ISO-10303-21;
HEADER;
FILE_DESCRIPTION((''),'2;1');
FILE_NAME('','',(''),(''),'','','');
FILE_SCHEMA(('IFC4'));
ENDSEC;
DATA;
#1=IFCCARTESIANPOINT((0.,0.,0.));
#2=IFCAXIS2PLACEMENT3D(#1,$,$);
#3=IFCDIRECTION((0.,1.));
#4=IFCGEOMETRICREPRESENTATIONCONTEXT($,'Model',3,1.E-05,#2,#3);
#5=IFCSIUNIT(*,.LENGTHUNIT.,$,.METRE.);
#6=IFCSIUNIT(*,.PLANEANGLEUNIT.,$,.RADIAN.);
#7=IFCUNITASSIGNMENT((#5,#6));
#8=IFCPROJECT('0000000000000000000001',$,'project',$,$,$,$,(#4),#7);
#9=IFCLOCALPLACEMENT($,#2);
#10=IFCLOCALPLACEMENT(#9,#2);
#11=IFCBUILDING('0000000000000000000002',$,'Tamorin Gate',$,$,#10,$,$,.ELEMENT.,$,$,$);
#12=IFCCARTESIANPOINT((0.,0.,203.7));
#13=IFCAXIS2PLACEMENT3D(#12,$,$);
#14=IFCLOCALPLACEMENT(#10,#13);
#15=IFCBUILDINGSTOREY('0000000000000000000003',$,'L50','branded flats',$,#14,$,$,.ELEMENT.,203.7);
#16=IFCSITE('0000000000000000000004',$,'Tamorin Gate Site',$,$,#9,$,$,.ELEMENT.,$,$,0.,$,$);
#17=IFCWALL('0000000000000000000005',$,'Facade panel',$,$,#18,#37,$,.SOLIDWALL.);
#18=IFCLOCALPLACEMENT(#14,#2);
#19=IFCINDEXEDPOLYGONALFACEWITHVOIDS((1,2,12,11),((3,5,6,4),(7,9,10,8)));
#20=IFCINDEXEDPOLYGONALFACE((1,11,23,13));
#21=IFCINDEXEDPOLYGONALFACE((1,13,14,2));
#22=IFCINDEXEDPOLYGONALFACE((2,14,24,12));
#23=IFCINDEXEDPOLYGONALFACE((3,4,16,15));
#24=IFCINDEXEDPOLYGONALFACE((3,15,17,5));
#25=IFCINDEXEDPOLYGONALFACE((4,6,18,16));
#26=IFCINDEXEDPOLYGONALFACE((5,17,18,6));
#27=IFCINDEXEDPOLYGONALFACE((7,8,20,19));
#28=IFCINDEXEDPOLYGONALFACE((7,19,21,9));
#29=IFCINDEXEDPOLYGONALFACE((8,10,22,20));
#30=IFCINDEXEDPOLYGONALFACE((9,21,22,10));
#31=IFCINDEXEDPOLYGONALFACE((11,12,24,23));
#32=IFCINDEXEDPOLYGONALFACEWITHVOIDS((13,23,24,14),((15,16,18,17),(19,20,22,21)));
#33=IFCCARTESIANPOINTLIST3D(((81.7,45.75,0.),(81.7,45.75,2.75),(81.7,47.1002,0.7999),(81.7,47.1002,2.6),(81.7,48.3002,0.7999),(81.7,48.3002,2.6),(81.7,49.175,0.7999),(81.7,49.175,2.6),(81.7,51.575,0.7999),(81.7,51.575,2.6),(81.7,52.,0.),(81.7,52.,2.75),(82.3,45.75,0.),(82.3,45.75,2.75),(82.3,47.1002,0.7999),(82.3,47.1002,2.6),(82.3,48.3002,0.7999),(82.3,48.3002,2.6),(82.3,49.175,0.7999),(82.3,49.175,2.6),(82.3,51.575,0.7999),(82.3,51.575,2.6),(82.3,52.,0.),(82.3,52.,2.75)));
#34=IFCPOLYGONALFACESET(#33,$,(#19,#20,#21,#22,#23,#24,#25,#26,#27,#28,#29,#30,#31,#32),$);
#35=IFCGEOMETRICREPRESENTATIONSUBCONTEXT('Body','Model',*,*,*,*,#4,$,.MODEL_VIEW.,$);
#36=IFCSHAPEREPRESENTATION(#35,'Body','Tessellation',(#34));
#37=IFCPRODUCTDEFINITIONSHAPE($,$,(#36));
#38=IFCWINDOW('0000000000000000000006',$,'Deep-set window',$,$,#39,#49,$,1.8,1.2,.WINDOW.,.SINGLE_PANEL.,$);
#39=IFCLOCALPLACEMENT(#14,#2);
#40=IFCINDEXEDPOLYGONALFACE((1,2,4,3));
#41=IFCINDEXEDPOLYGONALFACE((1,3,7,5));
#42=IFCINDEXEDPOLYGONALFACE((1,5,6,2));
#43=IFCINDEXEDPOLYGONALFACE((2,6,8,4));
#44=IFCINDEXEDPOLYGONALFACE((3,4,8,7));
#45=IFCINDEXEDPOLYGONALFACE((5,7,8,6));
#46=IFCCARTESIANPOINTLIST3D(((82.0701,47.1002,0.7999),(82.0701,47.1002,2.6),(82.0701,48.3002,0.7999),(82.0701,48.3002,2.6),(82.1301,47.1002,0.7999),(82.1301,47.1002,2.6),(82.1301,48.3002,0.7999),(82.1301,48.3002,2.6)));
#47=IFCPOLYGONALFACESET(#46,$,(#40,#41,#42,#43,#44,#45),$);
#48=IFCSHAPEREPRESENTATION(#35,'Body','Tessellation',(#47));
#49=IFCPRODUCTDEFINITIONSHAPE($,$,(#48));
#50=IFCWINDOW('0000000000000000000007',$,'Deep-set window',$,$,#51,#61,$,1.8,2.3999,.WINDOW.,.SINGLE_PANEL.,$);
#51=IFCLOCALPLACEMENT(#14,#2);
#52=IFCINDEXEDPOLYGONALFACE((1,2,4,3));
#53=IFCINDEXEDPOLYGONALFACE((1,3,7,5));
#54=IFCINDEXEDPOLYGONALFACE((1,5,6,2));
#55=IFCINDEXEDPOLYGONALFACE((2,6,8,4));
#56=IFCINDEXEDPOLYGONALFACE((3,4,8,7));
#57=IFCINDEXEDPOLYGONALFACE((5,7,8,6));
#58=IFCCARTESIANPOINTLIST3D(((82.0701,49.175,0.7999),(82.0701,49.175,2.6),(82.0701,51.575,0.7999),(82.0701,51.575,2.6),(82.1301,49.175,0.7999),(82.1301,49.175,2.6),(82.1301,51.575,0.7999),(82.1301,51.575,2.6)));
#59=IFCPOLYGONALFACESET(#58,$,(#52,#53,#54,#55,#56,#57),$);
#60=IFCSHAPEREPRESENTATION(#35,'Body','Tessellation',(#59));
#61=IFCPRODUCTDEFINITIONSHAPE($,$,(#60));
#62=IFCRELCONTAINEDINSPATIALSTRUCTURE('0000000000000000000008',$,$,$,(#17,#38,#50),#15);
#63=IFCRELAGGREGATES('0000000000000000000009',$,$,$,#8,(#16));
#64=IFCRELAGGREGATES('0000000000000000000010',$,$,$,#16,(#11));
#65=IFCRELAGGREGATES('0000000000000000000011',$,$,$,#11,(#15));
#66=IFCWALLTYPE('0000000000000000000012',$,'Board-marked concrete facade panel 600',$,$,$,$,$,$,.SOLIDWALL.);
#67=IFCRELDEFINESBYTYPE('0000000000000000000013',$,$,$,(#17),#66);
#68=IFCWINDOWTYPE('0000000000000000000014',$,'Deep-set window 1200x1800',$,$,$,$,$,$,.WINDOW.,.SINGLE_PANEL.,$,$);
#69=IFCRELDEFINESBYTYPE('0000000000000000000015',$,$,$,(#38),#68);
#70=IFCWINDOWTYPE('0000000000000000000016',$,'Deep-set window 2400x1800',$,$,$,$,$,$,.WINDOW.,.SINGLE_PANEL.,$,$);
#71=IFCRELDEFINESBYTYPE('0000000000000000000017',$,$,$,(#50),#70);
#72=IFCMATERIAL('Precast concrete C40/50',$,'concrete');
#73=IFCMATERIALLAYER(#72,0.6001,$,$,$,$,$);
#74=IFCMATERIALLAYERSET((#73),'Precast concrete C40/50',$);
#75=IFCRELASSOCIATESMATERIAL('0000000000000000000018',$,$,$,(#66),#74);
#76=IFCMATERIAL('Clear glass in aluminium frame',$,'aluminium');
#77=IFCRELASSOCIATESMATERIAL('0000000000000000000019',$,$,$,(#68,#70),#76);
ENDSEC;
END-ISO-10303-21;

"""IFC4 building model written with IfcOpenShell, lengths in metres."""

from ifc_helpers import new_model, si_unit, direction, frame, frame_2d, origin, place, context, subcontext, project, spatial, rectangle, extrude, material, layer, layer_set, type_object, element, fill, save


model = new_model("IFC4")

# Units and contexts
model_context = context("Model", 3, precision=1e-05, world=origin(), true_north=direction((0.0, 1.0)))
body_context = subcontext(model_context, "Body", "Model", "MODEL_VIEW")
ifc_project = project(units=[si_unit("LENGTHUNIT", "METRE"), si_unit("PLANEANGLEUNIT", "RADIAN")], contexts=[model_context])

# Site, building, storey
site_placement = place(None, origin())
site = spatial("IfcSite", under=ifc_project, at=site_placement, Name="Tamorin Gate Site", CompositionType="ELEMENT", RefElevation=0.0)
building_placement = place(site_placement, origin())
building = spatial("IfcBuilding", under=site, at=building_placement, Name="Tamorin Gate", CompositionType="ELEMENT")
storey_placement = place(building_placement, frame((0.0, 0.0, 203.7)))
storey = spatial("IfcBuildingStorey", under=building, at=storey_placement, Name="L50", Description="branded flats", CompositionType="ELEMENT", Elevation=203.7)

# Shared definitions
ifc_material_1 = material(Name="Precast concrete C40/50", Category="concrete")
ifc_layer = layer(ifc_material_1, 0.6001)
ifc_layer_set = layer_set([ifc_layer], Name="Precast concrete C40/50")
wall_type = type_object("IfcWallType", Name="Board-marked concrete facade panel 600", PredefinedType="SOLIDWALL", material=ifc_layer_set)
ifc_material_2 = material(Name="Clear glass in aluminium frame", Category="aluminium")
window_type_1 = type_object("IfcWindowType", Name="Deep-set window 1200x1800", PartitioningType="SINGLE_PANEL", PredefinedType="WINDOW", material=ifc_material_2)
window_type_2 = type_object("IfcWindowType", Name="Deep-set window 2400x1800", PartitioningType="SINGLE_PANEL", PredefinedType="WINDOW", material=ifc_material_2)

# Wall, openings, windows
wall_1_placement = place(storey_placement, frame((82.0, 45.75, 0.0), z_axis=(0.0, 0.0, 1.0), x_axis=(0.0, 1.0, 0.0)))
wall_1 = element("IfcWall", 1, at=wall_1_placement, inside=storey, type_object=wall_type, Name="Facade panel", PredefinedType="SOLIDWALL", context=body_context, shape_type="SweptSolid", body=[
    extrude(rectangle(XDim=6.25, YDim=0.6001, at=frame_2d((3.125, 0.0))), origin(), (0.0, 0.0, 1.0), 2.75),
])
opening_1_placement = place(wall_1_placement, frame((1.3501, 0.0, 0.8)))
opening_1 = element("IfcOpeningElement", 2, at=opening_1_placement, cuts=wall_1, PredefinedType="OPENING", context=body_context, shape_type="SweptSolid", body=[
    extrude(rectangle(XDim=1.2, YDim=1.8, at=frame_2d((0.6001, 0.8999))), frame((0.0, 0.3101, 0.0), z_axis=(0.0, -1.0, 0.0), x_axis=(1.0, 0.0, 0.0)), (0.0, 0.0, 1.0), 0.6201),
])
opening_2_placement = place(wall_1_placement, frame((3.425, 0.0, 0.8)))
opening_2 = element("IfcOpeningElement", 3, at=opening_2_placement, cuts=wall_1, PredefinedType="OPENING", context=body_context, shape_type="SweptSolid", body=[
    extrude(rectangle(XDim=2.3999, YDim=1.8, at=frame_2d((1.2, 0.8999))), frame((0.0, 0.3101, 0.0), z_axis=(0.0, -1.0, 0.0), x_axis=(1.0, 0.0, 0.0)), (0.0, 0.0, 1.0), 0.6201),
])
window_1_placement = place(opening_1_placement, origin())
window_1 = element("IfcWindow", 4, at=window_1_placement, inside=storey, type_object=window_type_1, Name="Deep-set window", OverallHeight=1.8, OverallWidth=1.2, PartitioningType="SINGLE_PANEL", PredefinedType="WINDOW", context=body_context, shape_type="SweptSolid", body=[
    extrude(rectangle(XDim=1.2, YDim=1.8, at=frame_2d((0.6001, 0.8999))), frame((0.0, -0.0701, 0.0), z_axis=(0.0, -1.0, 0.0), x_axis=(1.0, 0.0, 0.0)), (0.0, 0.0, 1.0), 0.0601),
])
fill(opening_1, window_1)
window_2_placement = place(opening_2_placement, origin())
window_2 = element("IfcWindow", 5, at=window_2_placement, inside=storey, type_object=window_type_2, Name="Deep-set window", OverallHeight=1.8, OverallWidth=2.3999, PartitioningType="SINGLE_PANEL", PredefinedType="WINDOW", context=body_context, shape_type="SweptSolid", body=[
    extrude(rectangle(XDim=2.3999, YDim=1.8, at=frame_2d((1.2, 0.8999))), frame((0.0, -0.0701, 0.0), z_axis=(0.0, -1.0, 0.0), x_axis=(1.0, 0.0, 0.0)), (0.0, 0.0, 1.0), 0.0601),
])
fill(opening_2, window_2)

save(model, "model.ifc")
